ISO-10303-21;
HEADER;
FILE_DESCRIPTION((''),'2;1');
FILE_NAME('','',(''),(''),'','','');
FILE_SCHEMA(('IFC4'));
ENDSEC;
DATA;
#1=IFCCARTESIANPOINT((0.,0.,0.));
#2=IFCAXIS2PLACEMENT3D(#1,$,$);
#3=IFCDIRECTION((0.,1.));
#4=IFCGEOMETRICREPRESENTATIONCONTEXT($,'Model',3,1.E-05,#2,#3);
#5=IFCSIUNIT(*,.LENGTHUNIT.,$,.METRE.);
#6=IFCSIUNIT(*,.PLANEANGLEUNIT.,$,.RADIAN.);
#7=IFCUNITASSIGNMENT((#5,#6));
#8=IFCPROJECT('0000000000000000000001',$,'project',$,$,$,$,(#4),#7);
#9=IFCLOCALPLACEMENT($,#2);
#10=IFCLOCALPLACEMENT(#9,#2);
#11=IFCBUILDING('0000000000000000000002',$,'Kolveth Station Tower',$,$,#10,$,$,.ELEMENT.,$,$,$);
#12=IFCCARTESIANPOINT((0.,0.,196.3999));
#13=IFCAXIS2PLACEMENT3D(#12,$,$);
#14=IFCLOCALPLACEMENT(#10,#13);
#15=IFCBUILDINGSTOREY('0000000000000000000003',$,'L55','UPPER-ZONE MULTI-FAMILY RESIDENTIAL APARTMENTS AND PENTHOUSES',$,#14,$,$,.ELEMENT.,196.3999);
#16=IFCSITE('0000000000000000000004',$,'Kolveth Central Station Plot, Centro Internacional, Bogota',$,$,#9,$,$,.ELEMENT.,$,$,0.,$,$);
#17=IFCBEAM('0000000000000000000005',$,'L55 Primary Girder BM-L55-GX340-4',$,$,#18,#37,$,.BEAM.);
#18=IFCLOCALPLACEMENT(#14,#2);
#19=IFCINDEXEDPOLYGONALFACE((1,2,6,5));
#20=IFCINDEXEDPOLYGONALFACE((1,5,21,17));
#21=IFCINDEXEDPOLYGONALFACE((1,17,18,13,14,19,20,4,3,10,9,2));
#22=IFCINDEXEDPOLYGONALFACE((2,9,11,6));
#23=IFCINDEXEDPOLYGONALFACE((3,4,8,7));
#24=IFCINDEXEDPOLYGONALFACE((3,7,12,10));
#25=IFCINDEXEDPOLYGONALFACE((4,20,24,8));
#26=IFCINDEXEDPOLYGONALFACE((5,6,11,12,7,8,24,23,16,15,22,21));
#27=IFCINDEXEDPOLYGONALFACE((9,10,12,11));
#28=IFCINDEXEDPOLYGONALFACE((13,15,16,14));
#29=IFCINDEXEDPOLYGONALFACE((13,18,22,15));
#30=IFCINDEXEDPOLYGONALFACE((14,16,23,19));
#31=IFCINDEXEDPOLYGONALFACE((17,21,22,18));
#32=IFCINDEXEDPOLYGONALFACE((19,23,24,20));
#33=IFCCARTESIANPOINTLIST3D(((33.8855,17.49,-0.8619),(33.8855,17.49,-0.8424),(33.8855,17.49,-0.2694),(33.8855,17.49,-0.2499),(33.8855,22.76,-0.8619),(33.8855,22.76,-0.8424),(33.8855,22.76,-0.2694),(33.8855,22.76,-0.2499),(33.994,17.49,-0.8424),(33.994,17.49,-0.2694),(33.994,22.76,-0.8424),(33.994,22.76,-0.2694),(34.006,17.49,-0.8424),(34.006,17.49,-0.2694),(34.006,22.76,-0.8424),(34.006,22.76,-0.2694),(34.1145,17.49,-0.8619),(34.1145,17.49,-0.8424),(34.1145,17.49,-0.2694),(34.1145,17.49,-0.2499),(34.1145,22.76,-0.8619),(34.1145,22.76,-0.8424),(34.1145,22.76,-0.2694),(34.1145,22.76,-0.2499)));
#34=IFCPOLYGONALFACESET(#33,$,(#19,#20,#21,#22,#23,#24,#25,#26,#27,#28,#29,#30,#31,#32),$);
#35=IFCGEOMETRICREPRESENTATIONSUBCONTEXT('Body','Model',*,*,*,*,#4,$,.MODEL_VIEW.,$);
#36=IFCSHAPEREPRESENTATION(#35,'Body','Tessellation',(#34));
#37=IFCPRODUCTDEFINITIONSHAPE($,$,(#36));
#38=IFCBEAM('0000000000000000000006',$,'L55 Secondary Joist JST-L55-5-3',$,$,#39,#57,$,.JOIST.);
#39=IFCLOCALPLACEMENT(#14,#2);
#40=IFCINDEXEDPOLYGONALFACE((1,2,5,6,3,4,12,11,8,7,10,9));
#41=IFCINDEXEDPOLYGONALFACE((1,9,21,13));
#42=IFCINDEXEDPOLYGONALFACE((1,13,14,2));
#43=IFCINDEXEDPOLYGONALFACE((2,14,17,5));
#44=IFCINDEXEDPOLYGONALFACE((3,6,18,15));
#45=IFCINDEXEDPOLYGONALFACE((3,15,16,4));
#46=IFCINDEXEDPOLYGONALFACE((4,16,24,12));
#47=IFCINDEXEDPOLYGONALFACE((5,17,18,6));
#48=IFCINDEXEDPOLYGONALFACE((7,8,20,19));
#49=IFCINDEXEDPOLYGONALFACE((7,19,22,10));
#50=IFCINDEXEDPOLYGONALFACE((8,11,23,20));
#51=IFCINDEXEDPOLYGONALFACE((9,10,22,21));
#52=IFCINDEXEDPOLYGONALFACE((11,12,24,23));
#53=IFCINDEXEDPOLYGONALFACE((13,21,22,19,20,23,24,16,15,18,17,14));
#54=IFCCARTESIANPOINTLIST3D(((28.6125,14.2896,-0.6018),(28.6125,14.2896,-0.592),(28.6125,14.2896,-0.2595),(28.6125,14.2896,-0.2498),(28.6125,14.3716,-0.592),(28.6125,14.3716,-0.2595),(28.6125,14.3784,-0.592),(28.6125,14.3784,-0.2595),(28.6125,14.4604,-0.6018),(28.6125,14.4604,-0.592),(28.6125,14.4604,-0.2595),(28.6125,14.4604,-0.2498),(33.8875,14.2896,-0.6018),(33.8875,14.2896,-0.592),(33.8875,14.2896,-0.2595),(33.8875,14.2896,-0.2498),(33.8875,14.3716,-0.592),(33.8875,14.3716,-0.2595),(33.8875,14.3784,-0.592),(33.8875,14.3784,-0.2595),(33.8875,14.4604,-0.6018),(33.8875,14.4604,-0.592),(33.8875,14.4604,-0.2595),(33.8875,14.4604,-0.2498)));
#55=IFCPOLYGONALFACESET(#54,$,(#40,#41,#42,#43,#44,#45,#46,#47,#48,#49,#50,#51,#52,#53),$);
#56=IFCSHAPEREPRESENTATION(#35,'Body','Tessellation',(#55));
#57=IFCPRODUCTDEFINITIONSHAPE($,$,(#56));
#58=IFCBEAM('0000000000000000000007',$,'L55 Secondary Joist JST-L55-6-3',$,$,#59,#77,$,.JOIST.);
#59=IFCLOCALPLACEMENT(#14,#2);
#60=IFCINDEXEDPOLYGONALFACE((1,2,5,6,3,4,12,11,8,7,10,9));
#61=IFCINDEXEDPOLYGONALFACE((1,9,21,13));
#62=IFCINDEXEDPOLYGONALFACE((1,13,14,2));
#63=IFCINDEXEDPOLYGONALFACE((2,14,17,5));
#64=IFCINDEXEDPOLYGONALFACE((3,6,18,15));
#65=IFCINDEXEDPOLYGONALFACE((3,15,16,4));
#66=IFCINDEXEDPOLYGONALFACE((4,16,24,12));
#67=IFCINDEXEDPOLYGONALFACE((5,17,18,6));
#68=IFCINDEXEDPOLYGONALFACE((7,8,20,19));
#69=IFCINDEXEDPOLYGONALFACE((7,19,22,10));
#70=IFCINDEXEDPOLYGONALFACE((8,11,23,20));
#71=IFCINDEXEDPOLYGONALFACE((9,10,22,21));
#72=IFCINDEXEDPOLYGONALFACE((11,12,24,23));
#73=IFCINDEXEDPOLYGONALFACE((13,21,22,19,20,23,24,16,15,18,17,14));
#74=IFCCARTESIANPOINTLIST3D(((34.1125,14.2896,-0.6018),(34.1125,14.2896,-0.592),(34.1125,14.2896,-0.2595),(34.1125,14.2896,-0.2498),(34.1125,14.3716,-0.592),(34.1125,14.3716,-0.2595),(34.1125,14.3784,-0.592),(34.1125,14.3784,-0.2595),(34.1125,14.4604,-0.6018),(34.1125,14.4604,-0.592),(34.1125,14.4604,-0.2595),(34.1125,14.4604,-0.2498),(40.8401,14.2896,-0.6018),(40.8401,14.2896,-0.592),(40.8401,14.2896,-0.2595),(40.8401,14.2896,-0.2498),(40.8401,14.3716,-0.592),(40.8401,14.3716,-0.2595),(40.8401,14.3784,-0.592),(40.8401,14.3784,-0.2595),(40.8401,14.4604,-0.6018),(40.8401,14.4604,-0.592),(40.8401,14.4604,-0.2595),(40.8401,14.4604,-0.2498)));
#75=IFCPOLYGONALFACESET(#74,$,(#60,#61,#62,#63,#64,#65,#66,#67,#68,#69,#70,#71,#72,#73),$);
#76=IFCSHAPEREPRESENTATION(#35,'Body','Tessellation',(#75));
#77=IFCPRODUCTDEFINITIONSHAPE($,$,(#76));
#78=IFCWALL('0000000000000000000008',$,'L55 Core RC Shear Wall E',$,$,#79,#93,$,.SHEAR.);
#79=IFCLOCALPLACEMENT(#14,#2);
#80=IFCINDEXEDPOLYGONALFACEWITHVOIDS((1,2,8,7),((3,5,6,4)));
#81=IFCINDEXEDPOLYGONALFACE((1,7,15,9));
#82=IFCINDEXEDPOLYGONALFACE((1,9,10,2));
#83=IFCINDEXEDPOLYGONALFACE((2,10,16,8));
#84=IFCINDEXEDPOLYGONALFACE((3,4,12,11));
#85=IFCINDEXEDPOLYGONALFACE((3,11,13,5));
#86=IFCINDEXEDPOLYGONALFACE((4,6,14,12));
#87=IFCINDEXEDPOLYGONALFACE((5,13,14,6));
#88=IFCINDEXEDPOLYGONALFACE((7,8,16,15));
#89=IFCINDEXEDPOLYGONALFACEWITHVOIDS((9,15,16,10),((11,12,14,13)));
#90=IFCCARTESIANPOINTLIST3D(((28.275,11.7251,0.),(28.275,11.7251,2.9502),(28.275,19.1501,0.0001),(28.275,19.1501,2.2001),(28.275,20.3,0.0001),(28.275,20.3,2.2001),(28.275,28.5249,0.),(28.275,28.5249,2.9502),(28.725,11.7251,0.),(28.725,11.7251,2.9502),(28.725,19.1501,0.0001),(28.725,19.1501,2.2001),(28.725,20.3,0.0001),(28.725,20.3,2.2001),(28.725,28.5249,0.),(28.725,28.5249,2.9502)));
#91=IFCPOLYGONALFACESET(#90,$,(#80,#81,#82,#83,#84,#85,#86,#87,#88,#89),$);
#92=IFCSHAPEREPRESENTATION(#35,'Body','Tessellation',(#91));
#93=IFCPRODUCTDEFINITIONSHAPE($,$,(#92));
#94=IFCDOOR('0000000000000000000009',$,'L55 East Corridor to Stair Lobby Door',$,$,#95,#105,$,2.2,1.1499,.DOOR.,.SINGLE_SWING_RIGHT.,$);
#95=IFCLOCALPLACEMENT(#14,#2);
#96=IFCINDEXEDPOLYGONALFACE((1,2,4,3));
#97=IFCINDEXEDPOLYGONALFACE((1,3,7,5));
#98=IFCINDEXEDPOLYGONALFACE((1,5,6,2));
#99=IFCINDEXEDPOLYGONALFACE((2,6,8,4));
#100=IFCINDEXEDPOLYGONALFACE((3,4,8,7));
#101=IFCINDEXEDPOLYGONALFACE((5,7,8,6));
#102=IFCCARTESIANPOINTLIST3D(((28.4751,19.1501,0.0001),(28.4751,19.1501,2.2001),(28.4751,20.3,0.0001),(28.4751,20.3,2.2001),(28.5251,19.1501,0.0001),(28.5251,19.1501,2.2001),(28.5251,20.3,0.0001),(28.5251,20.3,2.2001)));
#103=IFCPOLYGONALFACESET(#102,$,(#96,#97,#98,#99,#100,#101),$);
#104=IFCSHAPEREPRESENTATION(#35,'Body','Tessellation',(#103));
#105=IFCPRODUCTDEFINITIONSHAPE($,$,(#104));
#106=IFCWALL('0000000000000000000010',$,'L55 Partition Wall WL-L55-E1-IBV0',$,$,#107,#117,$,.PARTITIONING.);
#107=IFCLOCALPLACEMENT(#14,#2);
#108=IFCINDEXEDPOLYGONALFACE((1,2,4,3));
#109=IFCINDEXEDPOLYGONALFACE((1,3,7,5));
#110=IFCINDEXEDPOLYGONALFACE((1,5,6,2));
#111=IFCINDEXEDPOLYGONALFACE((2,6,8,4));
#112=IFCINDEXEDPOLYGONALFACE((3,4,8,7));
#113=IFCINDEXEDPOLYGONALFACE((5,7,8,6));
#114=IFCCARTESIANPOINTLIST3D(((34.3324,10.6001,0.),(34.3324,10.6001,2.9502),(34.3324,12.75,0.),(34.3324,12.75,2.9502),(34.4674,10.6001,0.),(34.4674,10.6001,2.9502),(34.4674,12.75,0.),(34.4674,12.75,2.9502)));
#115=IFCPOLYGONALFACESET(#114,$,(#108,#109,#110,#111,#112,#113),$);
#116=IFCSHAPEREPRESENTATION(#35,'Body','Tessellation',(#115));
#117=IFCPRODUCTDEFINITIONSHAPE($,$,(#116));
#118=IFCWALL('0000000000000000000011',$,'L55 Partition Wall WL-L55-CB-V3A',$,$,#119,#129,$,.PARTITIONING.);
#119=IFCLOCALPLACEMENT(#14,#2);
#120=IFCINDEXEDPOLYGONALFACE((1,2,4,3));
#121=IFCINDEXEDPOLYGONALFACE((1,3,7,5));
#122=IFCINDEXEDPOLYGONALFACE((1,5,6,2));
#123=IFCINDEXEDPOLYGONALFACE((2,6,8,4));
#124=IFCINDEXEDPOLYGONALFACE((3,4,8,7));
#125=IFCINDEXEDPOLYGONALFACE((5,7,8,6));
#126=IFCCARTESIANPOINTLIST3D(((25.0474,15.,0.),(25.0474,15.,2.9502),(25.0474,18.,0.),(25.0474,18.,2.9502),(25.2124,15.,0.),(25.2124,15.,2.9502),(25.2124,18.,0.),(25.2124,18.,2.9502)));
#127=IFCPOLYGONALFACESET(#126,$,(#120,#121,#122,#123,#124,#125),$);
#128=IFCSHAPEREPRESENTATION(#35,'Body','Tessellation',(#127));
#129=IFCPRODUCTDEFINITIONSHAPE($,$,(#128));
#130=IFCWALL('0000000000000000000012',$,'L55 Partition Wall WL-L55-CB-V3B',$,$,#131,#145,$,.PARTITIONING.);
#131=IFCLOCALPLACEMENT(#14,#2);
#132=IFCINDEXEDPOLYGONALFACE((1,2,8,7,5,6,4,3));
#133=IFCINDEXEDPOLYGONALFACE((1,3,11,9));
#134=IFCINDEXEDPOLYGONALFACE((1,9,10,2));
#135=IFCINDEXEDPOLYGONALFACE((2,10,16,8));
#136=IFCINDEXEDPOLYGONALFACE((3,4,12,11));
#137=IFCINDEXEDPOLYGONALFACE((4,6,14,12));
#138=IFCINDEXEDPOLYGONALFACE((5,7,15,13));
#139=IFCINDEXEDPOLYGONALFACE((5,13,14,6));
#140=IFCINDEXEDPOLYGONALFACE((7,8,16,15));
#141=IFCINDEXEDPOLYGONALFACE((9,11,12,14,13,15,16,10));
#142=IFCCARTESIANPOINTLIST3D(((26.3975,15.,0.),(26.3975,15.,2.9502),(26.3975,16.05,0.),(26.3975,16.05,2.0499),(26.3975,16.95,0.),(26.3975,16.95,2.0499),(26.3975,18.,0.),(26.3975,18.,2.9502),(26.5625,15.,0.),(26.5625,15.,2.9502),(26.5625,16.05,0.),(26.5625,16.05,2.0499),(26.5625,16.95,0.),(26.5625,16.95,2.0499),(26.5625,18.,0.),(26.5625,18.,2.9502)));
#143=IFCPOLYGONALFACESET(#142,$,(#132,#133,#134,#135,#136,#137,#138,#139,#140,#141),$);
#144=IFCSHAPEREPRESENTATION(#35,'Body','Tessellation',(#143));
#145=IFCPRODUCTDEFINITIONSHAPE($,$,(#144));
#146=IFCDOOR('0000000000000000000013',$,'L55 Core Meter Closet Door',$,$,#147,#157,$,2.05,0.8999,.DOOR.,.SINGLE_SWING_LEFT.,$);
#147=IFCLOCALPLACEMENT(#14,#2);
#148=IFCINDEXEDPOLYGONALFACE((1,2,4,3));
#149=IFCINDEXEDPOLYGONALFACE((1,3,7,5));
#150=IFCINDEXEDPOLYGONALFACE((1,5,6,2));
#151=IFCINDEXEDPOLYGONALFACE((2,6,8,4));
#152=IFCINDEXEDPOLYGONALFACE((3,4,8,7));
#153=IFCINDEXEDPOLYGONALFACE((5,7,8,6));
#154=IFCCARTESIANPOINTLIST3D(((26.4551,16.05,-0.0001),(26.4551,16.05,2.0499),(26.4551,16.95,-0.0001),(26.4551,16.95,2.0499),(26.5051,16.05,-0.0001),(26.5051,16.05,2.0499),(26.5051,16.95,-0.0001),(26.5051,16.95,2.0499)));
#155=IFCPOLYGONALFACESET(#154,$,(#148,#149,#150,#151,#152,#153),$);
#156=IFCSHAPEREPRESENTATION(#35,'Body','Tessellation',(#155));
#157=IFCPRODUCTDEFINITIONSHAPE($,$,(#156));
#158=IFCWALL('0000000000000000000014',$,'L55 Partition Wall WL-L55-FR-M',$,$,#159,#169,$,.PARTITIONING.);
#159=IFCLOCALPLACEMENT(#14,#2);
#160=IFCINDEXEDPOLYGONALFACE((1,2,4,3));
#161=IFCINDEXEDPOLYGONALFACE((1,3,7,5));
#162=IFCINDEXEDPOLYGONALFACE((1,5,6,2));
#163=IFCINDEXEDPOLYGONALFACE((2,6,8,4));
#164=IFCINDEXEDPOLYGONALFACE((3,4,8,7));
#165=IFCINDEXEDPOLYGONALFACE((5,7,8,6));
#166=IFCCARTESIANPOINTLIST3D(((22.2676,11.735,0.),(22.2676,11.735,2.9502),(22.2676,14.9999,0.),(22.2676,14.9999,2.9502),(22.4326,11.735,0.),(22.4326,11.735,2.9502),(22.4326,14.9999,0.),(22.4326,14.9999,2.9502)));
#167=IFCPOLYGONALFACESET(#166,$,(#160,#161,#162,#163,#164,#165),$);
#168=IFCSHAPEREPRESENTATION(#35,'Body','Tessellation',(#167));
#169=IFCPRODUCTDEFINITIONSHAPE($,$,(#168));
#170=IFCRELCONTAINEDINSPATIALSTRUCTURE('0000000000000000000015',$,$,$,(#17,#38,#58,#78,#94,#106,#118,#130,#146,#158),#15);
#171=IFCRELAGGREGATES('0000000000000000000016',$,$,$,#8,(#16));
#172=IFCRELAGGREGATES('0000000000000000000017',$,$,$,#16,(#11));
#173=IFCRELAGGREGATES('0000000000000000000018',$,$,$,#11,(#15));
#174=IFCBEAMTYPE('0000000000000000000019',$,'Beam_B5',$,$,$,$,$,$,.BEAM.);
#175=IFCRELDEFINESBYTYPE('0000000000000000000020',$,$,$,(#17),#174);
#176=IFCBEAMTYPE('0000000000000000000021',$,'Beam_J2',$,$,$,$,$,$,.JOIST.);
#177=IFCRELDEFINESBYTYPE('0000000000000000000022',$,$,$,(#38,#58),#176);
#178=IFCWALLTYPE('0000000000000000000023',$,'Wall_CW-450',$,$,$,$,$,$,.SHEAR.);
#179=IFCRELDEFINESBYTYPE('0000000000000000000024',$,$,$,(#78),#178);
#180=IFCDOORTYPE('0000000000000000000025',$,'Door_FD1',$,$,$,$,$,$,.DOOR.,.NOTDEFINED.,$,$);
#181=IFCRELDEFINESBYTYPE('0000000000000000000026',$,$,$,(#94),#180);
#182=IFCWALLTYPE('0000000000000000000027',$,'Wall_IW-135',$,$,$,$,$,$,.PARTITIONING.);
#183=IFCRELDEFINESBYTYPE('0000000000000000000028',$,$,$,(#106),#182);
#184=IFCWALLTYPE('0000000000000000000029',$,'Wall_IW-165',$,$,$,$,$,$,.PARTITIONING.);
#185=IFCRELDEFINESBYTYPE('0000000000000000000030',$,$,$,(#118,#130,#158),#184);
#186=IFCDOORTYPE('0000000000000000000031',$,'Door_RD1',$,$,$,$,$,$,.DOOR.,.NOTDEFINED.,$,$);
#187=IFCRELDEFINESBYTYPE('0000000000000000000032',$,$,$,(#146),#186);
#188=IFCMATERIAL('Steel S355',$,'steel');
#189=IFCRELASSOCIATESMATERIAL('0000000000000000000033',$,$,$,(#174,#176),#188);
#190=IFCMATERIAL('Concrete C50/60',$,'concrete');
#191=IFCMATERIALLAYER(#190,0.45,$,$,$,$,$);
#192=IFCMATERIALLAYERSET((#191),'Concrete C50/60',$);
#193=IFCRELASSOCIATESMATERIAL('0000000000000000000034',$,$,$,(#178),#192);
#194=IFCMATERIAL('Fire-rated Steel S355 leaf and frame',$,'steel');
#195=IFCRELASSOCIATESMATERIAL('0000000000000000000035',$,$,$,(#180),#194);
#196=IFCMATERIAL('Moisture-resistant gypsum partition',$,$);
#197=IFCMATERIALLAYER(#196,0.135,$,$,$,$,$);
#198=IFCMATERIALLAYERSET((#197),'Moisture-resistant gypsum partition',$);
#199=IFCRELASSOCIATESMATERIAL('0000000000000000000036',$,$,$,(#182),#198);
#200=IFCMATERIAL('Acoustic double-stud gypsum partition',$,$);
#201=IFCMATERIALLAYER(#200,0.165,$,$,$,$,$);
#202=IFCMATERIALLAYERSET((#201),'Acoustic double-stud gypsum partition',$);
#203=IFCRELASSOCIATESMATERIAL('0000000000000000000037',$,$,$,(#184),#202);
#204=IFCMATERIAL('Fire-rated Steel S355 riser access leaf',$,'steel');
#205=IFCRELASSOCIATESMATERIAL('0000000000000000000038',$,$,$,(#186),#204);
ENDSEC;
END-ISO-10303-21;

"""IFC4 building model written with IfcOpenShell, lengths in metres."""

from ifc_helpers import new_model, si_unit, direction, frame, frame_2d, origin, origin_2d, place, context, subcontext, project, spatial, rectangle, i_section, extrude, source, transform, mapped, material, layer, layer_set, material_profile, profile_set, type_object, element, fill, save


model = new_model("IFC4")

# Units and contexts
model_context = context("Model", 3, precision=1e-05, world=origin(), true_north=direction((0.0, 1.0)))
body_context = subcontext(model_context, "Body", "Model", "MODEL_VIEW")
ifc_project = project(units=[si_unit("LENGTHUNIT", "METRE"), si_unit("PLANEANGLEUNIT", "RADIAN")], contexts=[model_context])

# Site, building, storey
site_placement = place(None, origin())
site = spatial("IfcSite", under=ifc_project, at=site_placement, Name="Kolveth Central Station Plot, Centro Internacional, Bogota", CompositionType="ELEMENT", RefElevation=0.0)
building_placement = place(site_placement, origin())
building = spatial("IfcBuilding", under=site, at=building_placement, Name="Kolveth Station Tower", CompositionType="ELEMENT")
storey_placement = place(building_placement, frame((0.0, 0.0, 196.3999)))
storey = spatial("IfcBuildingStorey", under=building, at=storey_placement, Name="L55", Description="UPPER-ZONE MULTI-FAMILY RESIDENTIAL APARTMENTS AND PENTHOUSES", CompositionType="ELEMENT", Elevation=196.3999)

# Shared definitions
ifc_material_1 = material(Name="Steel S355", Category="steel")

# Beams
ifc_material_profile_1 = material_profile(ifc_material_1, i_section(OverallWidth=0.229, OverallDepth=0.6121, WebThickness=0.012, FlangeThickness=0.0195, at=origin_2d()), Name="W610x125")
ifc_profile_set_1 = profile_set([ifc_material_profile_1], Name="Steel S355")
beam_type_1 = type_object("IfcBeamType", Name="Beam_B5", PredefinedType="BEAM", material=ifc_profile_set_1)
shared_shape_1 = source(origin(), body_context, "Body", "SweptSolid", [
    extrude(i_section(OverallWidth=0.229, OverallDepth=0.6121, WebThickness=0.012, FlangeThickness=0.0195, at=origin_2d()), origin(), (0.0, 0.0, 1.0), 5.27),
])
for number, where, z_axis, x_axis, name in (
    (1, (34.0, 17.49, -0.5559), (0.0, 1.0, 0.0), (-1.0, 0.0, 0.0), "L55 Primary Girder BM-L55-GX340-4"),
):
    element("IfcBeam", number, at=place(storey_placement, frame(where, z_axis=z_axis, x_axis=x_axis)), inside=storey, type_object=beam_type_1, Name=name, PredefinedType="BEAM", context=body_context, shape_type="MappedRepresentation", body=[
        mapped(shared_shape_1, transform((0.0, 0.0, 0.0), x_axis=(1.0, 0.0, 0.0), y_axis=(0.0, 1.0, 0.0), z_axis=(0.0, 0.0, 1.0), scale=1.0)),
    ])
ifc_material_profile_2 = material_profile(ifc_material_1, i_section(OverallWidth=0.1709, OverallDepth=0.3521, WebThickness=0.0068, FlangeThickness=0.0098, at=origin_2d()), Name="W360x44")
ifc_profile_set_2 = profile_set([ifc_material_profile_2], Name="Steel S355")
beam_type_2 = type_object("IfcBeamType", Name="Beam_J2", PredefinedType="JOIST", material=ifc_profile_set_2)
shared_shape_2 = source(origin(), body_context, "Body", "SweptSolid", [
    extrude(i_section(OverallWidth=0.1709, OverallDepth=0.3521, WebThickness=0.0068, FlangeThickness=0.0098, at=origin_2d()), origin(), (0.0, 0.0, 1.0), 5.2749),
])
beam_1_placement = place(storey_placement, frame((28.6125, 14.375, -0.4258), z_axis=(1.0, 0.0, 0.0), x_axis=(0.0, 1.0, 0.0)))
element("IfcBeam", 2, at=beam_1_placement, inside=storey, type_object=beam_type_2, Name="L55 Secondary Joist JST-L55-5-3", PredefinedType="JOIST", context=body_context, shape_type="MappedRepresentation", body=[
    mapped(shared_shape_2, transform((0.0, 0.0, 0.0), x_axis=(1.0, 0.0, 0.0), y_axis=(0.0, 1.0, 0.0), z_axis=(0.0, 0.0, 1.0), scale=1.0)),
])
shared_shape_3 = source(origin(), body_context, "Body", "SweptSolid", [
    extrude(i_section(OverallWidth=0.1709, OverallDepth=0.3521, WebThickness=0.0068, FlangeThickness=0.0098, at=origin_2d()), origin(), (0.0, 0.0, 1.0), 6.7275),
])
beam_2_placement = place(storey_placement, frame((34.1125, 14.375, -0.4258), z_axis=(1.0, 0.0, 0.0), x_axis=(0.0, 1.0, 0.0)))
element("IfcBeam", 3, at=beam_2_placement, inside=storey, type_object=beam_type_2, Name="L55 Secondary Joist JST-L55-6-3", PredefinedType="JOIST", context=body_context, shape_type="MappedRepresentation", body=[
    mapped(shared_shape_3, transform((0.0, 0.0, 0.0), x_axis=(1.0, 0.0, 0.0), y_axis=(0.0, 1.0, 0.0), z_axis=(0.0, 0.0, 1.0), scale=1.0)),
])

# Wall, opening, door
ifc_material_2 = material(Name="Concrete C50/60", Category="concrete")
ifc_layer_1 = layer(ifc_material_2, 0.45)
ifc_layer_set_1 = layer_set([ifc_layer_1], Name="Concrete C50/60")
wall_type_1 = type_object("IfcWallType", Name="Wall_CW-450", PredefinedType="SHEAR", material=ifc_layer_set_1)
wall_1_placement = place(storey_placement, frame((28.5, 11.7251, 0.0), z_axis=(0.0, 0.0, 1.0), x_axis=(0.0, 1.0, 0.0)))
wall_1 = element("IfcWall", 4, at=wall_1_placement, inside=storey, type_object=wall_type_1, Name="L55 Core RC Shear Wall E", PredefinedType="SHEAR", context=body_context, shape_type="SweptSolid", body=[
    extrude(rectangle(XDim=16.7998, YDim=0.45, at=frame_2d((8.3999, 0.0))), origin(), (0.0, 0.0, 1.0), 2.9502),
])
opening_1_placement = place(wall_1_placement, frame((7.425, 0.0, 0.0)))
opening_1 = element("IfcOpeningElement", 5, at=opening_1_placement, cuts=wall_1, PredefinedType="OPENING", context=body_context, shape_type="SweptSolid", body=[
    extrude(rectangle(XDim=1.1499, YDim=2.2, at=frame_2d((0.575, 1.1001))), frame((0.0, 0.2349, 0.0), z_axis=(0.0, -1.0, 0.0), x_axis=(1.0, 0.0, 0.0)), (0.0, 0.0, 1.0), 0.47),
])
ifc_material_3 = material(Name="Fire-rated Steel S355 leaf and frame", Category="steel")
door_type_1 = type_object("IfcDoorType", Name="Door_FD1", OperationType="NOTDEFINED", PredefinedType="DOOR", material=ifc_material_3)
door_1_placement = place(opening_1_placement, origin())
door_1 = element("IfcDoor", 6, at=door_1_placement, inside=storey, type_object=door_type_1, Name="L55 East Corridor to Stair Lobby Door", OperationType="SINGLE_SWING_RIGHT", OverallHeight=2.2, OverallWidth=1.1499, PredefinedType="DOOR", context=body_context, shape_type="SweptSolid", body=[
    extrude(rectangle(XDim=1.1499, YDim=2.2, at=frame_2d((0.575, 1.1001))), frame((0.0, 0.0249, 0.0), z_axis=(0.0, -1.0, 0.0), x_axis=(1.0, 0.0, 0.0)), (0.0, 0.0, 1.0), 0.05),
])
fill(opening_1, door_1)

# Walls
ifc_material_4 = material(Name="Moisture-resistant gypsum partition")
ifc_layer_2 = layer(ifc_material_4, 0.135)
ifc_layer_set_2 = layer_set([ifc_layer_2], Name="Moisture-resistant gypsum partition")
wall_type_2 = type_object("IfcWallType", Name="Wall_IW-135", PredefinedType="PARTITIONING", material=ifc_layer_set_2)
wall_2_placement = place(storey_placement, frame((34.3999, 10.6001, 0.0), z_axis=(0.0, 0.0, 1.0), x_axis=(0.0, 1.0, 0.0)))
element("IfcWall", 7, at=wall_2_placement, inside=storey, type_object=wall_type_2, Name="L55 Partition Wall WL-L55-E1-IBV0", PredefinedType="PARTITIONING", context=body_context, shape_type="SweptSolid", body=[
    extrude(rectangle(XDim=2.1499, YDim=0.135, at=frame_2d((1.075, 0.0))), origin(), (0.0, 0.0, 1.0), 2.9502),
])
ifc_material_5 = material(Name="Acoustic double-stud gypsum partition")
ifc_layer_3 = layer(ifc_material_5, 0.165)
ifc_layer_set_3 = layer_set([ifc_layer_3], Name="Acoustic double-stud gypsum partition")
wall_type_3 = type_object("IfcWallType", Name="Wall_IW-165", PredefinedType="PARTITIONING", material=ifc_layer_set_3)
wall_3_placement = place(storey_placement, frame((25.1299, 15.0, 0.0), z_axis=(0.0, 0.0, 1.0), x_axis=(0.0, 1.0, 0.0)))
element("IfcWall", 8, at=wall_3_placement, inside=storey, type_object=wall_type_3, Name="L55 Partition Wall WL-L55-CB-V3A", PredefinedType="PARTITIONING", context=body_context, shape_type="SweptSolid", body=[
    extrude(rectangle(XDim=3.0, YDim=0.165, at=frame_2d((1.5, 0.0))), origin(), (0.0, 0.0, 1.0), 2.9502),
])

# Wall, opening, door
wall_4_placement = place(storey_placement, frame((26.48, 15.0, 0.0), z_axis=(0.0, 0.0, 1.0), x_axis=(0.0, 1.0, 0.0)))
wall_4 = element("IfcWall", 9, at=wall_4_placement, inside=storey, type_object=wall_type_3, Name="L55 Partition Wall WL-L55-CB-V3B", PredefinedType="PARTITIONING", context=body_context, shape_type="SweptSolid", body=[
    extrude(rectangle(XDim=3.0, YDim=0.165, at=frame_2d((1.5, 0.0))), origin(), (0.0, 0.0, 1.0), 2.9502),
])
opening_2_placement = place(wall_4_placement, frame((1.05, 0.0, 0.0)))
opening_2 = element("IfcOpeningElement", 10, at=opening_2_placement, cuts=wall_4, PredefinedType="OPENING", context=body_context, shape_type="SweptSolid", body=[
    extrude(rectangle(XDim=0.8999, YDim=2.05, at=frame_2d((0.45, 1.0249))), frame((0.0, 0.0925, 0.0), z_axis=(0.0, -1.0, 0.0), x_axis=(1.0, 0.0, 0.0)), (0.0, 0.0, 1.0), 0.1851),
])
ifc_material_6 = material(Name="Fire-rated Steel S355 riser access leaf", Category="steel")
door_type_2 = type_object("IfcDoorType", Name="Door_RD1", OperationType="NOTDEFINED", PredefinedType="DOOR", material=ifc_material_6)
door_2_placement = place(opening_2_placement, origin())
door_2 = element("IfcDoor", 11, at=door_2_placement, inside=storey, type_object=door_type_2, Name="L55 Core Meter Closet Door", OperationType="SINGLE_SWING_LEFT", OverallHeight=2.05, OverallWidth=0.8999, PredefinedType="DOOR", context=body_context, shape_type="SweptSolid", body=[
    extrude(rectangle(XDim=0.8999, YDim=2.05, at=frame_2d((0.45, 1.0249))), frame((0.0, 0.0249, 0.0), z_axis=(0.0, -1.0, 0.0), x_axis=(1.0, 0.0, 0.0)), (0.0, 0.0, 1.0), 0.05),
])
fill(opening_2, door_2)

# Wall
wall_5_placement = place(storey_placement, frame((22.3501, 11.7351, 0.0), z_axis=(0.0, 0.0, 1.0), x_axis=(0.0, 1.0, 0.0)))
element("IfcWall", 12, at=wall_5_placement, inside=storey, type_object=wall_type_3, Name="L55 Partition Wall WL-L55-FR-M", PredefinedType="PARTITIONING", context=body_context, shape_type="SweptSolid", body=[
    extrude(rectangle(XDim=3.2649, YDim=0.165, at=frame_2d((1.6323, 0.0))), origin(), (0.0, 0.0, 1.0), 2.9502),
])

save(model, "model.ifc")
